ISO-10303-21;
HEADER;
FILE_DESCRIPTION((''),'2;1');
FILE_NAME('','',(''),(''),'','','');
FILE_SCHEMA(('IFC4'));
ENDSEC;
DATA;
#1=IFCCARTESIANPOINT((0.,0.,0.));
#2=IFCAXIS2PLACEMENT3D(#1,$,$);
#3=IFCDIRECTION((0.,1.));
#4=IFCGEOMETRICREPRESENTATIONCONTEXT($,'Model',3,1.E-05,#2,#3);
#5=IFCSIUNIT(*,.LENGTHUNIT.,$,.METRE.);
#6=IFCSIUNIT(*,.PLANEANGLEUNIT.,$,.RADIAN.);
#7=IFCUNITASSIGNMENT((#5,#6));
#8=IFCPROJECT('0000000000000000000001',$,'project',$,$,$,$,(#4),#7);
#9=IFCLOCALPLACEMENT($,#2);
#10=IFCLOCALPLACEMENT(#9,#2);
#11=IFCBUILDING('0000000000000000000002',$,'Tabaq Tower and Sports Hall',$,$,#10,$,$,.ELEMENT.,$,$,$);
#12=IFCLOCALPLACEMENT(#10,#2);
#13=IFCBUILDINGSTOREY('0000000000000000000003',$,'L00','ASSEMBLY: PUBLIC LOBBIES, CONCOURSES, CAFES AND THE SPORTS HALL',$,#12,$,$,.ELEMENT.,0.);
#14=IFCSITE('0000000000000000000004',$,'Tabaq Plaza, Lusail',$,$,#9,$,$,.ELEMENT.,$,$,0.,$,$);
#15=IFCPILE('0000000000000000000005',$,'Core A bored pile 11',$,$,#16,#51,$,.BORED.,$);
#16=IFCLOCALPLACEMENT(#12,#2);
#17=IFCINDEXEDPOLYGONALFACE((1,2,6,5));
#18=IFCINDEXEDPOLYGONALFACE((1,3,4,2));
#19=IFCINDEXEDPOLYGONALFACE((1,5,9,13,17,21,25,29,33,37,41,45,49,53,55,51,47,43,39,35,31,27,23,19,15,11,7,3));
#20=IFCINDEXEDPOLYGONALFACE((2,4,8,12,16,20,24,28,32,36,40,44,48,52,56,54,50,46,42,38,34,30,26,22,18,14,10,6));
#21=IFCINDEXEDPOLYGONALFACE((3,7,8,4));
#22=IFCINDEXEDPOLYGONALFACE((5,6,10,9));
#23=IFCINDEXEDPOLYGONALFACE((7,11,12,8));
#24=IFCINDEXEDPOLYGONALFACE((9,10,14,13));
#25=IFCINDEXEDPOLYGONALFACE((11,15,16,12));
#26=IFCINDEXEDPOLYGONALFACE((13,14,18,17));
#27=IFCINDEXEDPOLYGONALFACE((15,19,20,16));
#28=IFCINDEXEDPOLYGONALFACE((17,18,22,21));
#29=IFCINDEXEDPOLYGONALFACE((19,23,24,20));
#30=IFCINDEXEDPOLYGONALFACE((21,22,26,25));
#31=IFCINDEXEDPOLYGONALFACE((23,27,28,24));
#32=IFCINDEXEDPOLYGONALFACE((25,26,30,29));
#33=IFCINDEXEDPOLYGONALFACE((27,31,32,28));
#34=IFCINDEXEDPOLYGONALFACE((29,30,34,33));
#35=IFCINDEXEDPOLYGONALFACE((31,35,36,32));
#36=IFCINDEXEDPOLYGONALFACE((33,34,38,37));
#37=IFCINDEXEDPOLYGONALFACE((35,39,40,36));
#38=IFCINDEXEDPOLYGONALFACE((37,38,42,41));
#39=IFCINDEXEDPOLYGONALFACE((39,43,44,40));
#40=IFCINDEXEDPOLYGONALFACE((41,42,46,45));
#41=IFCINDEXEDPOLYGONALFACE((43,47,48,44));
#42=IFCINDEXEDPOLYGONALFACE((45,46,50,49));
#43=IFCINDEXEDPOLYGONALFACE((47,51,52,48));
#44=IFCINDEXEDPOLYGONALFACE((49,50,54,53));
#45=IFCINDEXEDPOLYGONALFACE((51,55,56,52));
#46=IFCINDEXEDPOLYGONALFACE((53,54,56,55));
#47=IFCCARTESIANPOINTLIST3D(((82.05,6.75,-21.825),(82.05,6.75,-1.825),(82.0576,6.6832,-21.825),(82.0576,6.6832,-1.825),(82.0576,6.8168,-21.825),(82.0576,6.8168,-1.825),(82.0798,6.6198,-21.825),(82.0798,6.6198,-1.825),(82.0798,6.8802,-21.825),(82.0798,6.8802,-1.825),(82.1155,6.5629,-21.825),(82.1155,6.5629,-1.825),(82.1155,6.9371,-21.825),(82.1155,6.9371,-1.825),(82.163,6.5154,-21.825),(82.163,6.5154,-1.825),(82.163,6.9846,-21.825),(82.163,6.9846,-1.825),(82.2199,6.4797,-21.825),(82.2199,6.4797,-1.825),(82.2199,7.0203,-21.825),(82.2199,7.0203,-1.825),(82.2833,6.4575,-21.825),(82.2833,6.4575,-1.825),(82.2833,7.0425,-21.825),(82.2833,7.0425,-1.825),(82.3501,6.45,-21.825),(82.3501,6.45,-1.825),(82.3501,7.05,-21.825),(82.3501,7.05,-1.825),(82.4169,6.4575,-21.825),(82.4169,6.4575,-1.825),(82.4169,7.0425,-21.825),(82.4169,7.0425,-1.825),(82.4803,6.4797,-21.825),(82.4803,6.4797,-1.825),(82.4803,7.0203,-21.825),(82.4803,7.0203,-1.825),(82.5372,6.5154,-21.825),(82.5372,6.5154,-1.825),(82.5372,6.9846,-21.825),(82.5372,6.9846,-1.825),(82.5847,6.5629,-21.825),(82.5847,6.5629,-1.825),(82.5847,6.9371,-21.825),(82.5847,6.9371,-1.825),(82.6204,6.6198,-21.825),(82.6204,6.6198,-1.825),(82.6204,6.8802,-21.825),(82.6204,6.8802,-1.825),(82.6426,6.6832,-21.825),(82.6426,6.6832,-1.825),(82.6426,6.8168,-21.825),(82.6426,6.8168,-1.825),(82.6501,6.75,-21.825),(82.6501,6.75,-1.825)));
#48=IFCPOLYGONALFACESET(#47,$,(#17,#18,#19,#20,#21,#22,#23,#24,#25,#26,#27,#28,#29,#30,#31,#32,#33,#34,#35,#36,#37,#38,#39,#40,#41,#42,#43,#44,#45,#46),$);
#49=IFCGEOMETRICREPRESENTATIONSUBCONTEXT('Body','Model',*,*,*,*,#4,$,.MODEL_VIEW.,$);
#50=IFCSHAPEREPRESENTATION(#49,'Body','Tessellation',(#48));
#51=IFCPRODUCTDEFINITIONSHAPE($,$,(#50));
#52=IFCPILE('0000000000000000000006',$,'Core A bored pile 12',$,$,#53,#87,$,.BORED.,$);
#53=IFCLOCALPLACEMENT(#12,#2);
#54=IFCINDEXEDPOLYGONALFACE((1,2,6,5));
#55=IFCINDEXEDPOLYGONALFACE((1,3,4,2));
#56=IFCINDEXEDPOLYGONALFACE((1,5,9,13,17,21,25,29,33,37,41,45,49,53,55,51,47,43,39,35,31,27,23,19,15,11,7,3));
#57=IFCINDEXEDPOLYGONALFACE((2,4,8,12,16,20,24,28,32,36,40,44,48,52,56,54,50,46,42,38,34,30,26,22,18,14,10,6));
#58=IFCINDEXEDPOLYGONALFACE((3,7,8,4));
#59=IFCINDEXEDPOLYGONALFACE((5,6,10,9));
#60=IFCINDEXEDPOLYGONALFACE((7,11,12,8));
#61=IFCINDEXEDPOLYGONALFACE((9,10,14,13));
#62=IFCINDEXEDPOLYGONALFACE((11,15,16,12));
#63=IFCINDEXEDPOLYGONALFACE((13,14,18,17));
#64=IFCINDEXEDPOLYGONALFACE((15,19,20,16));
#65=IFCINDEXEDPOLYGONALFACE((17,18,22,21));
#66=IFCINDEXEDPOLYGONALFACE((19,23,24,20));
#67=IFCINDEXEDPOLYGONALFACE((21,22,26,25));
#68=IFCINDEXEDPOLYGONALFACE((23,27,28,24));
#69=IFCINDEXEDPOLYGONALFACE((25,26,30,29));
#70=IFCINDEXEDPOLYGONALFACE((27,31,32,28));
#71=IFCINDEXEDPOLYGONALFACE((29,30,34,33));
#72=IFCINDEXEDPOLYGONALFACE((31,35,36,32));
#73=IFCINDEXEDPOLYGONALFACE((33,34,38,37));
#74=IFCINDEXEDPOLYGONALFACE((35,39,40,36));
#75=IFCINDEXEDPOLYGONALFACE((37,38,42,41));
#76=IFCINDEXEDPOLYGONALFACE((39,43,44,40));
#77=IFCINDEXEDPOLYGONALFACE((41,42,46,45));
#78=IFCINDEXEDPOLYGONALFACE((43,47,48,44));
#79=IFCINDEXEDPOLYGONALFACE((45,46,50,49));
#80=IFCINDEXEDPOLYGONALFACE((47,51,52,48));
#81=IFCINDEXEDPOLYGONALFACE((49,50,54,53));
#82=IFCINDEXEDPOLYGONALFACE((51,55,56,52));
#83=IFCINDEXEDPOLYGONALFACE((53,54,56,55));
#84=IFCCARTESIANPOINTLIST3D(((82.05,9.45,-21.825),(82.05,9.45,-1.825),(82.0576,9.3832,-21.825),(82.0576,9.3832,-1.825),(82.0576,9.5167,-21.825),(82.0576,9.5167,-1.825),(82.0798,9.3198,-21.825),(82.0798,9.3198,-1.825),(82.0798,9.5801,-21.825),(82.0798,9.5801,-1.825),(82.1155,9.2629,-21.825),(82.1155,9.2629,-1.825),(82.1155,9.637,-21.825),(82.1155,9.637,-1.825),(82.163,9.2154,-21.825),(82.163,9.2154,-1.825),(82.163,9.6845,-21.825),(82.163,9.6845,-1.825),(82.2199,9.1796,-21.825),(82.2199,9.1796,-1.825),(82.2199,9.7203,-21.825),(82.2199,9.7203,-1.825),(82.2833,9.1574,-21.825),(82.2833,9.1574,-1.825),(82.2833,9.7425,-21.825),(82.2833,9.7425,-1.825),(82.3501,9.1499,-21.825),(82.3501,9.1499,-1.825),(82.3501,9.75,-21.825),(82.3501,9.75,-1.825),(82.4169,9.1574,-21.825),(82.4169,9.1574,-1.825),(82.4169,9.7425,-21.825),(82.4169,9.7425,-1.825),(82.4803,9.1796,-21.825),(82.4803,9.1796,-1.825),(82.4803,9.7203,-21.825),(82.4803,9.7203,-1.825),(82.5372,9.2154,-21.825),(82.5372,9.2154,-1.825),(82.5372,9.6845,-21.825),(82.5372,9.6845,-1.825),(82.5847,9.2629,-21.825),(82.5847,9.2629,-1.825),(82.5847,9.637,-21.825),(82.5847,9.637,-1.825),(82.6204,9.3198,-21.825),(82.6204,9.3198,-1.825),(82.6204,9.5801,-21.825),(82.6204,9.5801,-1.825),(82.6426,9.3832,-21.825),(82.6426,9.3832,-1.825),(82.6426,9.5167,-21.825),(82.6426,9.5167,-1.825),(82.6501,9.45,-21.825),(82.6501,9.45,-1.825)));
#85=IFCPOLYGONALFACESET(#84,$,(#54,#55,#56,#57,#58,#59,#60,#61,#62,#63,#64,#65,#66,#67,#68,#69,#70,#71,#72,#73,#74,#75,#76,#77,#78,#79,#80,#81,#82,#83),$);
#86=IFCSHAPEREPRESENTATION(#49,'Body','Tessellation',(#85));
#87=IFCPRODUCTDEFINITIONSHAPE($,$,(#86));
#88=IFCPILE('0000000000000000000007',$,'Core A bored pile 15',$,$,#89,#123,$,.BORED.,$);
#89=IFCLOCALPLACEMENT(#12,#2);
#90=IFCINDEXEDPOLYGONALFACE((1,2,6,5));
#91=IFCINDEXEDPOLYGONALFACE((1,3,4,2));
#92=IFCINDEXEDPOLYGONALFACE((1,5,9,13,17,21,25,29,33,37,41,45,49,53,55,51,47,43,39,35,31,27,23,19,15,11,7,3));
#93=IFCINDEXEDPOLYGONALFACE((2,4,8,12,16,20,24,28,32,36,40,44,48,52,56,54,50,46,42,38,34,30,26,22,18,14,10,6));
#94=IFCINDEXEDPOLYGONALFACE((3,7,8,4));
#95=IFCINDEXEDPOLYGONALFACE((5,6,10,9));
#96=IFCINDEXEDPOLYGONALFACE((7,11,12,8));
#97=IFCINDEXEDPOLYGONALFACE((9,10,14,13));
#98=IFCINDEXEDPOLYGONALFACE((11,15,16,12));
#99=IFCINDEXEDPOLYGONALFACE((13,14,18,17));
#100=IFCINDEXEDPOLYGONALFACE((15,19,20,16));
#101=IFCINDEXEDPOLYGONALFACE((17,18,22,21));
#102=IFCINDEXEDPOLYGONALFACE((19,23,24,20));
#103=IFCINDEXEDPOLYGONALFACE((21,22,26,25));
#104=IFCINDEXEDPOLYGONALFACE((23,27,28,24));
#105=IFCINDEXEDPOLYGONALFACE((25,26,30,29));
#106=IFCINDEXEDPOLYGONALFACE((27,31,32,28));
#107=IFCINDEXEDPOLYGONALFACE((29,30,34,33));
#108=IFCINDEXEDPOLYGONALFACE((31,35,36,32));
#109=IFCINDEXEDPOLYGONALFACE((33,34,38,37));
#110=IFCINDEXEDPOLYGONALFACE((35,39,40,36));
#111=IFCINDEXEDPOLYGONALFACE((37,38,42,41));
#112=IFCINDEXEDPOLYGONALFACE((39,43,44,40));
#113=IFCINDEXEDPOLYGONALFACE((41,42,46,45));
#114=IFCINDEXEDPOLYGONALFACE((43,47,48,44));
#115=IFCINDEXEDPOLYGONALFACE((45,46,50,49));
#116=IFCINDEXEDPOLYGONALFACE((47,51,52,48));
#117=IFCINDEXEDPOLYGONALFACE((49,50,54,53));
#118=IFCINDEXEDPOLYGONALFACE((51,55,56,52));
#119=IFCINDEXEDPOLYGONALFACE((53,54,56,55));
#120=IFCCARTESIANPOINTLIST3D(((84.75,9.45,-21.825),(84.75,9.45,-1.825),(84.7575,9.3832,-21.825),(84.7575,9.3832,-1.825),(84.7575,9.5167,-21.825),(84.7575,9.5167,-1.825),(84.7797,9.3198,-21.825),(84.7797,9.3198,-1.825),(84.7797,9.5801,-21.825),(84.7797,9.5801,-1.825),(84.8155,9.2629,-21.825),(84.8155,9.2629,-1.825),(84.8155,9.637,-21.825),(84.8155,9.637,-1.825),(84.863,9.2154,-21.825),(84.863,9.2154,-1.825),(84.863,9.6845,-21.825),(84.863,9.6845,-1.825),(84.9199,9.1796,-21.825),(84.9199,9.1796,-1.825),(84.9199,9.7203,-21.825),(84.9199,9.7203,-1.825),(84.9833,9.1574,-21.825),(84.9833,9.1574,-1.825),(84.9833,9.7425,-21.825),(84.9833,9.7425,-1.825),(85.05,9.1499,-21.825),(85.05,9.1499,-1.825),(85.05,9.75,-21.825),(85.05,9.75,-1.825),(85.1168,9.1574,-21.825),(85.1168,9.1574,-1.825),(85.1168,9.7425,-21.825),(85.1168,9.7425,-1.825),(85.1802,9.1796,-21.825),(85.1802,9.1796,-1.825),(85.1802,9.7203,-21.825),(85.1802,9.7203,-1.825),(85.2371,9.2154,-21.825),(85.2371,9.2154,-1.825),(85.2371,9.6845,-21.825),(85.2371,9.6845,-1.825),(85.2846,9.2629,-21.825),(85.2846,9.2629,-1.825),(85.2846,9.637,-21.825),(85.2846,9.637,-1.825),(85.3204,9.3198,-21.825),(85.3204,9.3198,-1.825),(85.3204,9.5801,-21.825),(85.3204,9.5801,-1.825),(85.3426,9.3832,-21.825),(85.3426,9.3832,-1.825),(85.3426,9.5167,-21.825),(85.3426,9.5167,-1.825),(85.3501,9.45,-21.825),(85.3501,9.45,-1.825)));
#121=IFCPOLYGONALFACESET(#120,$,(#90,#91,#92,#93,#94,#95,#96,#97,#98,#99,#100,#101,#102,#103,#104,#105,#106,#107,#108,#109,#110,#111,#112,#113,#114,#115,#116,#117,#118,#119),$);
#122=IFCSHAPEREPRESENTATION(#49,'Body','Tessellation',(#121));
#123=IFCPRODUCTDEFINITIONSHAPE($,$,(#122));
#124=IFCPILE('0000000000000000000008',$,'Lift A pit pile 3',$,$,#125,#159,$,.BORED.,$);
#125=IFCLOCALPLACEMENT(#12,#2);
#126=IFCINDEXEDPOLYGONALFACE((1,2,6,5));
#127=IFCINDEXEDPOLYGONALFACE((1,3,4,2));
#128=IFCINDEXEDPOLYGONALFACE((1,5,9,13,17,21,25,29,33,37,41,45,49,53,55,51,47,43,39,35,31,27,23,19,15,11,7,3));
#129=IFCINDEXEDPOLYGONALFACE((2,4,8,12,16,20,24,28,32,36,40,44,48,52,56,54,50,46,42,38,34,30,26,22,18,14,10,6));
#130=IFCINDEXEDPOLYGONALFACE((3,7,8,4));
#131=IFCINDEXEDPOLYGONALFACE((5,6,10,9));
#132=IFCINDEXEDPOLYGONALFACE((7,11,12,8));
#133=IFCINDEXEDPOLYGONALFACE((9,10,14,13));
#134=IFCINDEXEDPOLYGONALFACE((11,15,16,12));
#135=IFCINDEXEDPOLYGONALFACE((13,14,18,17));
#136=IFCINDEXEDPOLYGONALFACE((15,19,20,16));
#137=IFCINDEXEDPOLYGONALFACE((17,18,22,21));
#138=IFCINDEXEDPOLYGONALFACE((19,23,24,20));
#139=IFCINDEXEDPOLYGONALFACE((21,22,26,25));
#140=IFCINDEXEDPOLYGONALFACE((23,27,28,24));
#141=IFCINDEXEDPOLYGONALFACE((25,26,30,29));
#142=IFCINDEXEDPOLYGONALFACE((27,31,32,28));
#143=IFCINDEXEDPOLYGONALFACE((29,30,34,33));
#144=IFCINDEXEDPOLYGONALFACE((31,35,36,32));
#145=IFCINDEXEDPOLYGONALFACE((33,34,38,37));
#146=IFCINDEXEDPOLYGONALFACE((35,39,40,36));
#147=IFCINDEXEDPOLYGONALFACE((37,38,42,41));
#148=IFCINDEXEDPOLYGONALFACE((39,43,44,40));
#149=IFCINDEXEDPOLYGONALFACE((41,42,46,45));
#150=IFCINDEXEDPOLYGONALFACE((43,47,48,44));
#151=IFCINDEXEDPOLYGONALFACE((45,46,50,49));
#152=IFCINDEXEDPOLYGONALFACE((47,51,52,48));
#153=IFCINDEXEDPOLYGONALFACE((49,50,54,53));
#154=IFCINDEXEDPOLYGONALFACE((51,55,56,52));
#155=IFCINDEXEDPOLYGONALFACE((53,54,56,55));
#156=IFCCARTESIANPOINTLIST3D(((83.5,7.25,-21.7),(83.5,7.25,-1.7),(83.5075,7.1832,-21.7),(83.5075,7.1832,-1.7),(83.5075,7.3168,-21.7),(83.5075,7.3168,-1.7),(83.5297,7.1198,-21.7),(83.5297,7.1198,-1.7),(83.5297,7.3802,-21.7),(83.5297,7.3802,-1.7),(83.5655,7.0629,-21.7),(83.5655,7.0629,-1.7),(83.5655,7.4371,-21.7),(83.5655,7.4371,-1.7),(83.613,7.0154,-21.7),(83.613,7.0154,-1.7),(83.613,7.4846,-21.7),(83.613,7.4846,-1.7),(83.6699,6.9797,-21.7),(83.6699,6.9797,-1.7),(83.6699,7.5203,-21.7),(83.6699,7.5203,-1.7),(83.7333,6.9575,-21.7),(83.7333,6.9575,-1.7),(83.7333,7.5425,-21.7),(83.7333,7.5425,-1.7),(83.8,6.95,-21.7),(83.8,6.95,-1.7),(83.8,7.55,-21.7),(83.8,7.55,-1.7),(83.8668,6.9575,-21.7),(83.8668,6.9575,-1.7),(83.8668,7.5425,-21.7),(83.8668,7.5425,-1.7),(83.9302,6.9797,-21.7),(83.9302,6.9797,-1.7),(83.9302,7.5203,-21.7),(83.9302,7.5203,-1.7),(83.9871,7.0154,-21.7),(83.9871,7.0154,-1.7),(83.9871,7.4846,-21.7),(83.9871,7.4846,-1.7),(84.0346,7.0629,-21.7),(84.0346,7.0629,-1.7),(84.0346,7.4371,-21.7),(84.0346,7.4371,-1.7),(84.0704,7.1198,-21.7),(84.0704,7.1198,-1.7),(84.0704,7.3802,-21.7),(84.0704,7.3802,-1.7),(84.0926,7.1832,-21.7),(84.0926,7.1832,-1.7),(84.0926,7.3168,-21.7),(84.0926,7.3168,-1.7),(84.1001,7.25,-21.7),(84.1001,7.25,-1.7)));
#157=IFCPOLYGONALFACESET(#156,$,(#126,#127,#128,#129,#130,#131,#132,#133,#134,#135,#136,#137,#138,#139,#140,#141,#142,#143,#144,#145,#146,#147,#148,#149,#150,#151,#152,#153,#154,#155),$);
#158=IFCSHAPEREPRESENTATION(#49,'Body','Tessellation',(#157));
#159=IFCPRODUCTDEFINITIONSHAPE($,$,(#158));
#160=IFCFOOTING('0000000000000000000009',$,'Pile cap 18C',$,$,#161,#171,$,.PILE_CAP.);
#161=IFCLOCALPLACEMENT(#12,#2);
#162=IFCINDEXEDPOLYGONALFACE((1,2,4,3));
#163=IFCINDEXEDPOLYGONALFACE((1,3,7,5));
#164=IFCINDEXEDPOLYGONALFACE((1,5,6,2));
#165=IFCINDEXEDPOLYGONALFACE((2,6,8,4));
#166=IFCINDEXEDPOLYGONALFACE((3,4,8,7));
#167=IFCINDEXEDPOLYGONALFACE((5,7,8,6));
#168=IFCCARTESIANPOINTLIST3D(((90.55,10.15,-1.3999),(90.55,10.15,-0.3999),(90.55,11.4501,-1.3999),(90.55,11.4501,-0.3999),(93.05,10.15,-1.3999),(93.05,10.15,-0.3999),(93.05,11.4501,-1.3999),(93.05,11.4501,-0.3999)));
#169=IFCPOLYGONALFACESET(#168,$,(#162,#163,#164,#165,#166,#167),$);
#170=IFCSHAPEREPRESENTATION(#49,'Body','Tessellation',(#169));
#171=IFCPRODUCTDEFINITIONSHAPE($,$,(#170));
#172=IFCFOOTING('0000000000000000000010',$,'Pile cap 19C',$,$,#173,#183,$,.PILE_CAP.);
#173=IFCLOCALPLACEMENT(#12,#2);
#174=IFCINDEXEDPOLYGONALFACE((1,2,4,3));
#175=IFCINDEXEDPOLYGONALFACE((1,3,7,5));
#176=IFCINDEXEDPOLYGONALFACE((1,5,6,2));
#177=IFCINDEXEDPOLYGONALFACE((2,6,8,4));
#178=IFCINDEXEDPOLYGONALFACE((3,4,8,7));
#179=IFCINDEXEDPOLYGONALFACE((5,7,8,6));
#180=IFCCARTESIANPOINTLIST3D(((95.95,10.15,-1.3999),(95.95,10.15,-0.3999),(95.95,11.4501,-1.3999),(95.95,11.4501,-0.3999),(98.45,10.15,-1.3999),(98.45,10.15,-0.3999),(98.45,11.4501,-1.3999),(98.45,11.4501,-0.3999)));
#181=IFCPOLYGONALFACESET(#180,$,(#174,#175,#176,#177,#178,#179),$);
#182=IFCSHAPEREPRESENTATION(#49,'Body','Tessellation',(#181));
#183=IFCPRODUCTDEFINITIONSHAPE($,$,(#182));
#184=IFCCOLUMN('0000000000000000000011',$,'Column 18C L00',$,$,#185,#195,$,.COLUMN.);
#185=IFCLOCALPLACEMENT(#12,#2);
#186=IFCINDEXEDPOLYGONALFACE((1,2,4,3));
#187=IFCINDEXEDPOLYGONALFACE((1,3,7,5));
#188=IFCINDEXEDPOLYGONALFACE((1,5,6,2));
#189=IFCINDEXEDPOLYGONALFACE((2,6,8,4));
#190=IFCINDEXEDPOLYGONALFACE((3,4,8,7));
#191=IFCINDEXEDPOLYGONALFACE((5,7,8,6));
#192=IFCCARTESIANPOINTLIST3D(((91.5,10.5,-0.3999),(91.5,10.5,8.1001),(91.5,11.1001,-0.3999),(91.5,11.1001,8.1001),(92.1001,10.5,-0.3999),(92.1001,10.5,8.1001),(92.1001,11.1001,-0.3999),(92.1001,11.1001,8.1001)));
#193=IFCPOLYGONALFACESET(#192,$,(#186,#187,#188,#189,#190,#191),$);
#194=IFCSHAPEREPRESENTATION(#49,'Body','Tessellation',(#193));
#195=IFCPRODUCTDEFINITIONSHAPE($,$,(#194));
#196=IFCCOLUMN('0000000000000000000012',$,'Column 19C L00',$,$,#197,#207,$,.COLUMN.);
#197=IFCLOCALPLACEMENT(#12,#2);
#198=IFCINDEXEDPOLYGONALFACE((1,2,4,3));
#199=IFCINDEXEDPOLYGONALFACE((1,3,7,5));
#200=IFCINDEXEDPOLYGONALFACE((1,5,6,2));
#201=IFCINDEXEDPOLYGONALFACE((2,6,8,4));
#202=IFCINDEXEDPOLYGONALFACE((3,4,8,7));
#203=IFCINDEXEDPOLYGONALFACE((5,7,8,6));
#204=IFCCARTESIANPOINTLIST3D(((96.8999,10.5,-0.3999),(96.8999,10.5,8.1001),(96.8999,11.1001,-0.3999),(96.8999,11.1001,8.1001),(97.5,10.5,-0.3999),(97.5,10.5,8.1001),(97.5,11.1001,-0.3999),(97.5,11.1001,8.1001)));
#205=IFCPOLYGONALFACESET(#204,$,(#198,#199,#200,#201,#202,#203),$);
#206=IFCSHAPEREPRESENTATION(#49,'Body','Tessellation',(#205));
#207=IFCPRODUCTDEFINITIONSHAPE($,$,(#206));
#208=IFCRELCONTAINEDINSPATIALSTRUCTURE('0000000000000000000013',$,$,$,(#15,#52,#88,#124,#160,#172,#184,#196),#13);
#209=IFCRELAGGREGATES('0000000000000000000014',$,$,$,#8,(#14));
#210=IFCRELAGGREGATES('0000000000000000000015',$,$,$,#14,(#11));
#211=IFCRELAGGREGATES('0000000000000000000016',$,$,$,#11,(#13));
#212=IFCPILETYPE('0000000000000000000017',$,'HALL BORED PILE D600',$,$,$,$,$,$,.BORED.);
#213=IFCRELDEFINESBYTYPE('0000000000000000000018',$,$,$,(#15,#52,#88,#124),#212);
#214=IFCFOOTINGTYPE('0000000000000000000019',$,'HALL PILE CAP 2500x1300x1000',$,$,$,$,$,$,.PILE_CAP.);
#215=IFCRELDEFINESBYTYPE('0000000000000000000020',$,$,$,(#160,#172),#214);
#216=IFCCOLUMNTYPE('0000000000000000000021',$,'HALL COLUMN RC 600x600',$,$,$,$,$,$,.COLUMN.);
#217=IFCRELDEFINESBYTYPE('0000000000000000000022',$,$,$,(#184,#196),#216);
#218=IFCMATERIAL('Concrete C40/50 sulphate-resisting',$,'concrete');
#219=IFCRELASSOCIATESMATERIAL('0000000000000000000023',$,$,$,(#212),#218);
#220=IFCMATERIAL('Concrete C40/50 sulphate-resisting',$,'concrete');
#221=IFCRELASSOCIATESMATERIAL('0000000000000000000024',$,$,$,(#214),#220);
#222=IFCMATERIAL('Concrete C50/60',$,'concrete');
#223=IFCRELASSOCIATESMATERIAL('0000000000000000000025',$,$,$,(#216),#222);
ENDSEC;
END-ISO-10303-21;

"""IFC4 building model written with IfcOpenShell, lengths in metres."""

from ifc_helpers import new_model, si_unit, direction, frame, origin, origin_2d, place, context, subcontext, project, spatial, rectangle, circle, extrude, material, material_profile, profile_set, type_object, element, save


model = new_model("IFC4")

# Units and contexts
model_context = context("Model", 3, precision=1e-05, world=origin(), true_north=direction((0.0, 1.0)))
body_context = subcontext(model_context, "Body", "Model", "MODEL_VIEW")
ifc_project = project(units=[si_unit("LENGTHUNIT", "METRE"), si_unit("PLANEANGLEUNIT", "RADIAN")], contexts=[model_context])

# Site, building, storey
site_placement = place(None, origin())
site = spatial("IfcSite", under=ifc_project, at=site_placement, Name="Tabaq Plaza, Lusail", CompositionType="ELEMENT", RefElevation=0.0)
building_placement = place(site_placement, origin())
building = spatial("IfcBuilding", under=site, at=building_placement, Name="Tabaq Tower and Sports Hall", CompositionType="ELEMENT")
storey_placement = place(building_placement, origin())
storey = spatial("IfcBuildingStorey", under=building, at=storey_placement, Name="L00", Description="ASSEMBLY: PUBLIC LOBBIES, CONCOURSES, CAFES AND THE SPORTS HALL", CompositionType="ELEMENT", Elevation=0.0)

# Piles
ifc_material_1 = material(Name="Concrete C40/50 sulphate-resisting", Category="concrete")
ifc_material_profile_1 = material_profile(ifc_material_1, circle(Radius=0.3, at=origin_2d()), Name="D600")
ifc_profile_set_1 = profile_set([ifc_material_profile_1], Name="Concrete C40/50 sulphate-resisting")
pile_type = type_object("IfcPileType", Name="HALL BORED PILE D600", PredefinedType="BORED", material=ifc_profile_set_1)
for number, where, z_axis, x_axis, name in (
    (1, (82.3501, 6.75, -1.825), (0.0, 0.0, -1.0), (1.0, 0.0, 0.0), "Core A bored pile 11"),
    (2, (82.3501, 9.45, -1.825), (0.0, 0.0, -1.0), (1.0, 0.0, 0.0), "Core A bored pile 12"),
    (3, (85.05, 9.45, -1.825), (0.0, 0.0, -1.0), (1.0, 0.0, 0.0), "Core A bored pile 15"),
    (4, (83.8, 7.25, -1.7), (0.0, 0.0, -1.0), (1.0, 0.0, 0.0), "Lift A pit pile 3"),
):
    element("IfcPile", number, at=place(storey_placement, frame(where, z_axis=z_axis, x_axis=x_axis)), inside=storey, type_object=pile_type, Name=name, PredefinedType="BORED", context=body_context, shape_type="SweptSolid", body=[
        extrude(circle(Radius=0.3, at=origin_2d()), origin(), (0.0, 0.0, 1.0), 20.0),
    ])

# Footings
ifc_material_2 = material(Name="Concrete C40/50 sulphate-resisting", Category="concrete")
footing_type = type_object("IfcFootingType", Name="HALL PILE CAP 2500x1300x1000", PredefinedType="PILE_CAP", material=ifc_material_2)
for number, where, z_axis, x_axis, name in (
    (5, (91.8, 10.8, -1.3999), (0.0, 0.0, 1.0), (1.0, 0.0, 0.0), "Pile cap 18C"),
    (6, (97.2, 10.8, -1.3999), (0.0, 0.0, 1.0), (1.0, 0.0, 0.0), "Pile cap 19C"),
):
    element("IfcFooting", number, at=place(storey_placement, frame(where, z_axis=z_axis, x_axis=x_axis)), inside=storey, type_object=footing_type, Name=name, PredefinedType="PILE_CAP", context=body_context, shape_type="SweptSolid", body=[
        extrude(rectangle(XDim=2.5, YDim=1.3, at=origin_2d()), origin(), (0.0, 0.0, 1.0), 1.0),
    ])

# Columns
ifc_material_3 = material(Name="Concrete C50/60", Category="concrete")
ifc_material_profile_2 = material_profile(ifc_material_3, rectangle(XDim=0.6001, YDim=0.6001, at=origin_2d()), Name="RC 600x600")
ifc_profile_set_2 = profile_set([ifc_material_profile_2], Name="Concrete C50/60")
column_type = type_object("IfcColumnType", Name="HALL COLUMN RC 600x600", PredefinedType="COLUMN", material=ifc_profile_set_2)
for number, where, z_axis, x_axis, name in (
    (7, (91.8, 10.8, -0.3999), (0.0, 0.0, 1.0), (1.0, 0.0, 0.0), "Column 18C L00"),
    (8, (97.2, 10.8, -0.3999), (0.0, 0.0, 1.0), (1.0, 0.0, 0.0), "Column 19C L00"),
):
    element("IfcColumn", number, at=place(storey_placement, frame(where, z_axis=z_axis, x_axis=x_axis)), inside=storey, type_object=column_type, Name=name, PredefinedType="COLUMN", context=body_context, shape_type="SweptSolid", body=[
        extrude(rectangle(XDim=0.6001, YDim=0.6001, at=origin_2d()), origin(), (0.0, 0.0, 1.0), 8.5),
    ])

save(model, "model.ifc")
